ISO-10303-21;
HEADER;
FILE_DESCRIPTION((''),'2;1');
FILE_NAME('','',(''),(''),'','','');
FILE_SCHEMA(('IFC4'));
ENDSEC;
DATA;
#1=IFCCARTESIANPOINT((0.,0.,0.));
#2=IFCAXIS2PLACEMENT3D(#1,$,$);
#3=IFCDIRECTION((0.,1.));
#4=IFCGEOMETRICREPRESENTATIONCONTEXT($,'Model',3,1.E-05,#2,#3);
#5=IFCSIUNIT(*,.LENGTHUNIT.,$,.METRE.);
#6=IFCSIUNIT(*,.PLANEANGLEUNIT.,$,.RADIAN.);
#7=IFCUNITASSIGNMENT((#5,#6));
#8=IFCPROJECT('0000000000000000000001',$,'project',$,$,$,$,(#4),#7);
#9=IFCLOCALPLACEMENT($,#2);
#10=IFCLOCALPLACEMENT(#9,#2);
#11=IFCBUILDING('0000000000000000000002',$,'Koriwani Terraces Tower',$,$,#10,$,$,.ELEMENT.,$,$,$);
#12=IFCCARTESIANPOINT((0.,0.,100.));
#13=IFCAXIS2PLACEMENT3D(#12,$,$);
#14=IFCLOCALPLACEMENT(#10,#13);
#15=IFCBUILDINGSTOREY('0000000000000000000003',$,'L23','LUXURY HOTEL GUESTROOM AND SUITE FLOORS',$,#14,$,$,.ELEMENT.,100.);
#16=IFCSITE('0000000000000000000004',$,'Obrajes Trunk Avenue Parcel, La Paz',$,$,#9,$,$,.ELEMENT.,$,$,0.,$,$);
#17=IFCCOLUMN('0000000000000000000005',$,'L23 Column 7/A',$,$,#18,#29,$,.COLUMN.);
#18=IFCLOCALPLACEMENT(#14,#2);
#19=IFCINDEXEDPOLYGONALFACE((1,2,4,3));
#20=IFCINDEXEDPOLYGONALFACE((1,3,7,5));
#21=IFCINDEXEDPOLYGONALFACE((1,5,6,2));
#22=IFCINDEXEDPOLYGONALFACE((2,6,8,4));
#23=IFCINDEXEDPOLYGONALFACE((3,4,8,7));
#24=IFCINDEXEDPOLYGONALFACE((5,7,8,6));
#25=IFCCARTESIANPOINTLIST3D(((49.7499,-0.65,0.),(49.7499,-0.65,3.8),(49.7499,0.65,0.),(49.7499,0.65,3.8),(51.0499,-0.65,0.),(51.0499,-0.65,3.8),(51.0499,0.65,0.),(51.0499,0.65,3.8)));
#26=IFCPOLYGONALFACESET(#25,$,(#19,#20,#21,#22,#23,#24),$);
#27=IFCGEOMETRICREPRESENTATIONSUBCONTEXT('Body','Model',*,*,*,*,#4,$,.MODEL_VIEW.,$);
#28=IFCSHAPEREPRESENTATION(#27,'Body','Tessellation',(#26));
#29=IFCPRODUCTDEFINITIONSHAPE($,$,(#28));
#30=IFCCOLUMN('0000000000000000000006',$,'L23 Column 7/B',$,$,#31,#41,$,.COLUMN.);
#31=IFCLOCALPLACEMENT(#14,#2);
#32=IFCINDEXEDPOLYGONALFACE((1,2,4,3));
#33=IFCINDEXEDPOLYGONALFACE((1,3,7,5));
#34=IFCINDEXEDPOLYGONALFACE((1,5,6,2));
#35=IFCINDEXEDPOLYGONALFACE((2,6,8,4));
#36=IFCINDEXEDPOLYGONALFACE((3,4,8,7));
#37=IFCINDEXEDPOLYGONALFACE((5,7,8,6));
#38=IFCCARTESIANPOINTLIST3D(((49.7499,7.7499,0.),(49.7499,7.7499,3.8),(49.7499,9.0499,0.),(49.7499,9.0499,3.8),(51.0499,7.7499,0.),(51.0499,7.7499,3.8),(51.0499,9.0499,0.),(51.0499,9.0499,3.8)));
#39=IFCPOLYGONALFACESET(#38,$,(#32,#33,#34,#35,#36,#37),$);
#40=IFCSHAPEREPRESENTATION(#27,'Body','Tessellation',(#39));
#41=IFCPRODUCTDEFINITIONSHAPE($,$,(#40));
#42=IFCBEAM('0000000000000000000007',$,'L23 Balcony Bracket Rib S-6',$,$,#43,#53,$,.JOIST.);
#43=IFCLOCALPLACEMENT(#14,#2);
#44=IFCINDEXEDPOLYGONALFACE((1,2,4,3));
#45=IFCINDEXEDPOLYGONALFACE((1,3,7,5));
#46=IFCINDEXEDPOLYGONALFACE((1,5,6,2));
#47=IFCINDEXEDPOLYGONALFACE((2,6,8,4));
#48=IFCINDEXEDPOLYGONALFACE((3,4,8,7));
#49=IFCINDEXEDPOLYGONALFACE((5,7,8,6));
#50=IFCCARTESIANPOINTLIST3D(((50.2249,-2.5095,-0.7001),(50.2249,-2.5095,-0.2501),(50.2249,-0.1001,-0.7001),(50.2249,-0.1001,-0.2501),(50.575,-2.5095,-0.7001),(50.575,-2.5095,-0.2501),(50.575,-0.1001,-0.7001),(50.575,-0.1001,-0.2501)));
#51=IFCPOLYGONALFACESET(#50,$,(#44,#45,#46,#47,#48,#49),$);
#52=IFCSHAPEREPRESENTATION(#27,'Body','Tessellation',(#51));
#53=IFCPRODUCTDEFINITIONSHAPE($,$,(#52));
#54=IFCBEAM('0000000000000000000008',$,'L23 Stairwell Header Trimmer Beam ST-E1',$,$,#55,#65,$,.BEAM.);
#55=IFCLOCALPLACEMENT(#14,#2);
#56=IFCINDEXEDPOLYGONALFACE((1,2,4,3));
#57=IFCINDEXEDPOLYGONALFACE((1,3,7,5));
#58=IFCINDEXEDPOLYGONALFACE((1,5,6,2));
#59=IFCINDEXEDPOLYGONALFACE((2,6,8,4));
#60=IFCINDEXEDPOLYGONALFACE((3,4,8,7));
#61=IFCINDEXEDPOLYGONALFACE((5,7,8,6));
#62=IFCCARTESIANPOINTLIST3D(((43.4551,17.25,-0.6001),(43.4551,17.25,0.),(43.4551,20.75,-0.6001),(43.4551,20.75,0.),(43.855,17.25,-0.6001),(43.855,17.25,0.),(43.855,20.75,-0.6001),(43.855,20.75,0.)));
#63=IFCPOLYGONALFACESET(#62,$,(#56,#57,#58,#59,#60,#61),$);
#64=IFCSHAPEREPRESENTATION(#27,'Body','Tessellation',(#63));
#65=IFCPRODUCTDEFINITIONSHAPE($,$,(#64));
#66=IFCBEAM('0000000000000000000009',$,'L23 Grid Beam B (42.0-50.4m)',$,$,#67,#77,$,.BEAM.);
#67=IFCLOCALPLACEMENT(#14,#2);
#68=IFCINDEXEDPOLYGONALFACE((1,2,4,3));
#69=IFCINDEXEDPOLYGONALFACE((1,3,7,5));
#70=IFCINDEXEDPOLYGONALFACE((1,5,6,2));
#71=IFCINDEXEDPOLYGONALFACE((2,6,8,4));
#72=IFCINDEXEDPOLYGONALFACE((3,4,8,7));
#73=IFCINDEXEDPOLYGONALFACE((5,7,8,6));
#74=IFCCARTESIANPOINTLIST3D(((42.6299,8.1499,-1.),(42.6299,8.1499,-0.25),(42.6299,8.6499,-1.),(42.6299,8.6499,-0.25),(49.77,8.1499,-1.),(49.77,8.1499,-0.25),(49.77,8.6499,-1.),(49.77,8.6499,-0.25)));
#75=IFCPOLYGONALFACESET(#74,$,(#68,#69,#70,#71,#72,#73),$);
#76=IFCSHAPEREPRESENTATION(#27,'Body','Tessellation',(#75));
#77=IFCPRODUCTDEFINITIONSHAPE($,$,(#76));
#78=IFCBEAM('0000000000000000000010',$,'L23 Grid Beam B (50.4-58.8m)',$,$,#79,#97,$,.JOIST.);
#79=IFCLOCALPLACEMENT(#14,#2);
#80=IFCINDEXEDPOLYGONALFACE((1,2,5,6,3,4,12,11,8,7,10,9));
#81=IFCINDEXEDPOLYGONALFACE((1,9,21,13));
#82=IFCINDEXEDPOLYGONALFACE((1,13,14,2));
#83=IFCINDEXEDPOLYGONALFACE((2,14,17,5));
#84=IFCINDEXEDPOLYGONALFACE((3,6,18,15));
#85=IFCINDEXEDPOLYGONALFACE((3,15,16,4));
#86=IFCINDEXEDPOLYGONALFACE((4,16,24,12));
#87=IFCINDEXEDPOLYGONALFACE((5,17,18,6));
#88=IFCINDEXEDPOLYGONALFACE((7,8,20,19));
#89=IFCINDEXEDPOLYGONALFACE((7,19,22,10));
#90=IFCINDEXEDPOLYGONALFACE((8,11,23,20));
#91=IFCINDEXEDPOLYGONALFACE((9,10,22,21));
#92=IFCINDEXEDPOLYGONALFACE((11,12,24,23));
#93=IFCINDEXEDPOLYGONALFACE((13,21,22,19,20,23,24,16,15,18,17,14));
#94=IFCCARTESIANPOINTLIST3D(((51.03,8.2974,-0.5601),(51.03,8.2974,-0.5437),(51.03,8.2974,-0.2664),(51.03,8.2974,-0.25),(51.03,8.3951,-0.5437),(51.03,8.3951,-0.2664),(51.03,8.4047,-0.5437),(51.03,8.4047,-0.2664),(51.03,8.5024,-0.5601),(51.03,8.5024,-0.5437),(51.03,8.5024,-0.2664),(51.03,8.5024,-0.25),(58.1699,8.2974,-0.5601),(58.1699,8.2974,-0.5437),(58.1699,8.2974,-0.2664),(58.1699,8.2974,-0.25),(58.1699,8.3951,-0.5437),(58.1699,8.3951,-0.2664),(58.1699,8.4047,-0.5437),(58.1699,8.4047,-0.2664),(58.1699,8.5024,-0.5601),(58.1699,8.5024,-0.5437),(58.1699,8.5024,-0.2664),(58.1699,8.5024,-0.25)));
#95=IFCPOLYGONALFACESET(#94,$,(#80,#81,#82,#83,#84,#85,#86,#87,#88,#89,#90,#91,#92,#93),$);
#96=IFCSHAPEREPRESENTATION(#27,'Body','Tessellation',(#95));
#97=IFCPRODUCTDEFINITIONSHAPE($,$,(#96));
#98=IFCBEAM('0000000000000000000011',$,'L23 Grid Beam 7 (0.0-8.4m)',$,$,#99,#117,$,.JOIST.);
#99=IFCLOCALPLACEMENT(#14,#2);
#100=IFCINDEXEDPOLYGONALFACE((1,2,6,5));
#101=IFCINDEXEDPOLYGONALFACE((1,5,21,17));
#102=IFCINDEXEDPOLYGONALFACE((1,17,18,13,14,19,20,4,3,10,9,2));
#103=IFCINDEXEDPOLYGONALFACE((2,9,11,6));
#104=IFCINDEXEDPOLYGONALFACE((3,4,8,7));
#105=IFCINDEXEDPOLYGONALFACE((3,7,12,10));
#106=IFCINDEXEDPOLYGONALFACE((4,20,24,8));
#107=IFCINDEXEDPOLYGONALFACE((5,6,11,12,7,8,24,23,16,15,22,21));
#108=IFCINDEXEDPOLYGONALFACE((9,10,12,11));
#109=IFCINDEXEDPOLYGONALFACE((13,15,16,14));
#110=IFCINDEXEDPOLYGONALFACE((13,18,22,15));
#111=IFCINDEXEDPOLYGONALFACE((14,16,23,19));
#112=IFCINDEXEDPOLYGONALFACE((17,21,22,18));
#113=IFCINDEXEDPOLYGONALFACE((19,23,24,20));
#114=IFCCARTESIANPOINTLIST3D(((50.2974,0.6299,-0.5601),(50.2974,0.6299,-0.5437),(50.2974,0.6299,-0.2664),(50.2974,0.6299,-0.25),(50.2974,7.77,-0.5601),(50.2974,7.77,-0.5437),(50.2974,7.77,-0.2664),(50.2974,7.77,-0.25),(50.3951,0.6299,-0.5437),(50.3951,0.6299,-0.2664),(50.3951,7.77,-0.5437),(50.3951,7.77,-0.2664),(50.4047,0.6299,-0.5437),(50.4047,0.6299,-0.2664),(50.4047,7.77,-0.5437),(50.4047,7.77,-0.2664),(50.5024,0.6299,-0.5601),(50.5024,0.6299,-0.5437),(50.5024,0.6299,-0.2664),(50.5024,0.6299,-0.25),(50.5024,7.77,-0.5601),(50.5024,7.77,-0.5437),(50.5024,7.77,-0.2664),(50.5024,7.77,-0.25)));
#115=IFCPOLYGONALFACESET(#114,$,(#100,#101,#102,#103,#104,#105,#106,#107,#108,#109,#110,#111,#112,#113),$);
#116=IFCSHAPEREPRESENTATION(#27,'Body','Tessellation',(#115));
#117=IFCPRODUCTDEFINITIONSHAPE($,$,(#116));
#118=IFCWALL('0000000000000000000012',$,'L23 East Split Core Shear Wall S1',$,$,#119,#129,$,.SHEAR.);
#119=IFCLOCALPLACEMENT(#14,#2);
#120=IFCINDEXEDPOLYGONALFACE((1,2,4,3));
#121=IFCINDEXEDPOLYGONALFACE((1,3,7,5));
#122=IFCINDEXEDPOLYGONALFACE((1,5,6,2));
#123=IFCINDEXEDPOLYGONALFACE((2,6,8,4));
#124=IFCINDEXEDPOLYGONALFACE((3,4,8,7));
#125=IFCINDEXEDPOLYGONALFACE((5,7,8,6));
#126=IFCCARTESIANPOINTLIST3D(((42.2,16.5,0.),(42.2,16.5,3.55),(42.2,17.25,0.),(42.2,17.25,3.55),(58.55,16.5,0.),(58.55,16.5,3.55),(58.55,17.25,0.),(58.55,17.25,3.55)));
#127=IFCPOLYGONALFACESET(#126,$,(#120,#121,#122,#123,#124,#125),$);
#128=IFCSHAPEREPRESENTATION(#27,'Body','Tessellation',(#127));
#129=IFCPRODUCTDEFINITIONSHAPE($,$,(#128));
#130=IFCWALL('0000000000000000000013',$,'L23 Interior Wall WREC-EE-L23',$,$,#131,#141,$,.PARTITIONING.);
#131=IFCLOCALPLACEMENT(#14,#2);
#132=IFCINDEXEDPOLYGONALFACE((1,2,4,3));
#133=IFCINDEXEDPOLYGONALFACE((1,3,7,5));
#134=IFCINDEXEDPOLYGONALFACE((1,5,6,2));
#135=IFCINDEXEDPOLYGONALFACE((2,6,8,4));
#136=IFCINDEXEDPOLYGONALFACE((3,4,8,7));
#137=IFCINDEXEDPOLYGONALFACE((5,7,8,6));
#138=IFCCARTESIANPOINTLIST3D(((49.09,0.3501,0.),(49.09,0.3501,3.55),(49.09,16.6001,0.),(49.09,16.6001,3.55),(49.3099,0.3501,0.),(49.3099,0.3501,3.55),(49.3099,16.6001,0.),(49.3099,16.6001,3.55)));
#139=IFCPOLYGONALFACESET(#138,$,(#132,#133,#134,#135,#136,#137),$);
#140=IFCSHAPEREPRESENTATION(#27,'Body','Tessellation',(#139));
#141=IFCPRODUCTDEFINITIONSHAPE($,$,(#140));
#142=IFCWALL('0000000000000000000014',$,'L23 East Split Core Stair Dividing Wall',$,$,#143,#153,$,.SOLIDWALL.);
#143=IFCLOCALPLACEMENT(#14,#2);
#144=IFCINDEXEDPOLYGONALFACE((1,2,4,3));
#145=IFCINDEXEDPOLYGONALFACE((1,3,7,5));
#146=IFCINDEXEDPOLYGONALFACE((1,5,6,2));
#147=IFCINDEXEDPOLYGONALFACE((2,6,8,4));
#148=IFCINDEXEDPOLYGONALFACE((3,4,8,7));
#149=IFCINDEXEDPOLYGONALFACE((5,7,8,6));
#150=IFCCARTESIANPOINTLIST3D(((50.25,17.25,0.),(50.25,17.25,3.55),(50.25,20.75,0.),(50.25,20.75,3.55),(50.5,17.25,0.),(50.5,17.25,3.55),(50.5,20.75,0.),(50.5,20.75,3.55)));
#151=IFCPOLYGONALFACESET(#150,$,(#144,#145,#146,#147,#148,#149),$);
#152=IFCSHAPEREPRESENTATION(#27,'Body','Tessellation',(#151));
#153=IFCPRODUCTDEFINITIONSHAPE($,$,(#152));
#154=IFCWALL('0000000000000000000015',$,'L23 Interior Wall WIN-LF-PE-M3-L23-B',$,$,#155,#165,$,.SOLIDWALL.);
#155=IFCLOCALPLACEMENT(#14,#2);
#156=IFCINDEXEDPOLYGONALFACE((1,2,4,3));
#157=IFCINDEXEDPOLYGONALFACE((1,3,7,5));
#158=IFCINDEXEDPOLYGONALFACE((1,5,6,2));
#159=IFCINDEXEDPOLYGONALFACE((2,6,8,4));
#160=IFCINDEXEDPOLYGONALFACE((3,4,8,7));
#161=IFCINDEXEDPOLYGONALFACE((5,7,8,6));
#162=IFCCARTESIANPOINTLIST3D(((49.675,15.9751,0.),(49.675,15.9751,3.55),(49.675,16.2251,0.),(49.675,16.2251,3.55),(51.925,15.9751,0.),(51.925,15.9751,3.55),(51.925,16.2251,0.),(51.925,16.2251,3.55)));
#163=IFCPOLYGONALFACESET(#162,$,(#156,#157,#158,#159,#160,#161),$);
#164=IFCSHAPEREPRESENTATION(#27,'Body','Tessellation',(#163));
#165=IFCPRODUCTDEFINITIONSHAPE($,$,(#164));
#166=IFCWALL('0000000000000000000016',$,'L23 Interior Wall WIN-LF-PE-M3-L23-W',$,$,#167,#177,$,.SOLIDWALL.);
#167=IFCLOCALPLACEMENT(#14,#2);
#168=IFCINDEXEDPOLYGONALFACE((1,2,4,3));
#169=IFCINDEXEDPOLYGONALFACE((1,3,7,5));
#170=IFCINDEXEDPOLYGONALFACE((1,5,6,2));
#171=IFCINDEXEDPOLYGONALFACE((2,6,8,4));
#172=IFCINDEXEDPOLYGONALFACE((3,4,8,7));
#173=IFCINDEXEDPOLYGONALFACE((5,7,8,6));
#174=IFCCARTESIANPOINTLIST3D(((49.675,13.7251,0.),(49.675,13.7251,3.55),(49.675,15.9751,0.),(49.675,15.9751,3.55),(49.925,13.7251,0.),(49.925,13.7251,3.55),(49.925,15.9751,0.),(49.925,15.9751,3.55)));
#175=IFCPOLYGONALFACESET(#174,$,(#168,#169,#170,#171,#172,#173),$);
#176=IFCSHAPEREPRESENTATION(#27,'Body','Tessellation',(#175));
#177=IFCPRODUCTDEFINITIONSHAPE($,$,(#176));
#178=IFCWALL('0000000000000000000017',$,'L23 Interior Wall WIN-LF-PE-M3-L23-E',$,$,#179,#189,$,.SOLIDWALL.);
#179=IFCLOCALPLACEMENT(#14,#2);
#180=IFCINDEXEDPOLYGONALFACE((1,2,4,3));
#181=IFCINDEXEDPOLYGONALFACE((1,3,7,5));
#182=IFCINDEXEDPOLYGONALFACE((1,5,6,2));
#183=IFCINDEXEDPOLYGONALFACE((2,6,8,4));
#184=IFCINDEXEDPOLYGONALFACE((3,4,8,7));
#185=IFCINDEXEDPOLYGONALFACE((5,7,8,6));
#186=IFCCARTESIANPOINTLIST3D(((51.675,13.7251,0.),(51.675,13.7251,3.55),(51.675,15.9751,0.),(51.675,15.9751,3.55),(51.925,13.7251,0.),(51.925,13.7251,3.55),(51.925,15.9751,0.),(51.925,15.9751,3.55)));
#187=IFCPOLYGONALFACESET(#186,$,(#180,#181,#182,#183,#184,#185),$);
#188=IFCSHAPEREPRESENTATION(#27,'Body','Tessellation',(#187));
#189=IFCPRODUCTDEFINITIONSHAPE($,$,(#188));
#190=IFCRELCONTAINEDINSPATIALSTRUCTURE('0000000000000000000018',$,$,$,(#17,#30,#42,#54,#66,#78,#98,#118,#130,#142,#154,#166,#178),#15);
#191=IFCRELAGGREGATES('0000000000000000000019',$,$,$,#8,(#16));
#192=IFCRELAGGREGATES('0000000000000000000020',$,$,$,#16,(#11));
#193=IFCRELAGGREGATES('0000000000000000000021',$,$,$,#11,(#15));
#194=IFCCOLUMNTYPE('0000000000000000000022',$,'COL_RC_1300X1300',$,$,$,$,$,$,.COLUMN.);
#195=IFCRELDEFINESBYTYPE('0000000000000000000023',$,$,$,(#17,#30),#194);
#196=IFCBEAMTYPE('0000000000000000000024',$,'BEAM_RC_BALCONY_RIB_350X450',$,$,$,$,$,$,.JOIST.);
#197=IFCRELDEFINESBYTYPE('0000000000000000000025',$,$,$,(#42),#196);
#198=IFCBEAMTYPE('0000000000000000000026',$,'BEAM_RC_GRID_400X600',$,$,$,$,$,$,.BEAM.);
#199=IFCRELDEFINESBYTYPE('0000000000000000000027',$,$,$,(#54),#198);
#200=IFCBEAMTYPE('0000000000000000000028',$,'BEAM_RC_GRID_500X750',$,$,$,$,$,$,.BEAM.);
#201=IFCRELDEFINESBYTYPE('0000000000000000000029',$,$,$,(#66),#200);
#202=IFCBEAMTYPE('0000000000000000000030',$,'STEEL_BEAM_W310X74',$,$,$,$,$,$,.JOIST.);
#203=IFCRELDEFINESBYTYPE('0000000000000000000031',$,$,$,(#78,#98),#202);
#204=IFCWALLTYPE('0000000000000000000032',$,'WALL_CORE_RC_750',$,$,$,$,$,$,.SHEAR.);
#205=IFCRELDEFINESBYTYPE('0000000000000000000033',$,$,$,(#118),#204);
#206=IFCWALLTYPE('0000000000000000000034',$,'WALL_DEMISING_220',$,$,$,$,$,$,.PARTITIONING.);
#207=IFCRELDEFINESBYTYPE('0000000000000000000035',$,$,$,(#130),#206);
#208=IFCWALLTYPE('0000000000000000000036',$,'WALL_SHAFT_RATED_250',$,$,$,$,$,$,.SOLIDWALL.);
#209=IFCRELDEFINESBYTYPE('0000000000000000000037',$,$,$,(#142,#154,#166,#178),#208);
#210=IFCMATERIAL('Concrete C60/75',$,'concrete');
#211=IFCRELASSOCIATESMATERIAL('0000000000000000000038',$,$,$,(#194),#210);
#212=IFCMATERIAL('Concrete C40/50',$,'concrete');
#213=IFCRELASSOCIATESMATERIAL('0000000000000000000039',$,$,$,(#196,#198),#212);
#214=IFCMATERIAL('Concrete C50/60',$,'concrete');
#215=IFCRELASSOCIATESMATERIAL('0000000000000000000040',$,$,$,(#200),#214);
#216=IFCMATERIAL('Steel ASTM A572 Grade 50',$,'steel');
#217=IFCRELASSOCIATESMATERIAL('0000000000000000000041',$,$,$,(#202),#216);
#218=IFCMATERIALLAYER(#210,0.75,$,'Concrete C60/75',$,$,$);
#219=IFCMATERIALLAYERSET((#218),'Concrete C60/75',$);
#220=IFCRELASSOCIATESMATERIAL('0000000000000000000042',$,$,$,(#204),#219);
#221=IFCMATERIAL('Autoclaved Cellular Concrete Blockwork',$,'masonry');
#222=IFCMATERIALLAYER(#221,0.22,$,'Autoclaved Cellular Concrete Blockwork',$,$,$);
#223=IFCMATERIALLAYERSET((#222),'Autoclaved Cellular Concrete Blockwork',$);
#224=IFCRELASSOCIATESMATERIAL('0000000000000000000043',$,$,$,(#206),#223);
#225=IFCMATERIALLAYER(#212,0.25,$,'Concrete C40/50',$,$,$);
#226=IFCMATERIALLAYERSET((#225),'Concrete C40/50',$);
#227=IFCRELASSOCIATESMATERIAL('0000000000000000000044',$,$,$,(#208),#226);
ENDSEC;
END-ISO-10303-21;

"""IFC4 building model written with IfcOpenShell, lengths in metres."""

from ifc_helpers import new_model, si_unit, direction, frame, frame_2d, origin, origin_2d, place, context, subcontext, project, spatial, rectangle, i_section, extrude, material, layer, layer_set, material_profile, profile_set, type_object, element, save


model = new_model("IFC4")

# Units and contexts
model_context = context("Model", 3, precision=1e-05, world=origin(), true_north=direction((0.0, 1.0)))
body_context = subcontext(model_context, "Body", "Model", "MODEL_VIEW")
ifc_project = project(units=[si_unit("LENGTHUNIT", "METRE"), si_unit("PLANEANGLEUNIT", "RADIAN")], contexts=[model_context])

# Site, building, storey
site_placement = place(None, origin())
site = spatial("IfcSite", under=ifc_project, at=site_placement, Name="Obrajes Trunk Avenue Parcel, La Paz", CompositionType="ELEMENT", RefElevation=0.0)
building_placement = place(site_placement, origin())
building = spatial("IfcBuilding", under=site, at=building_placement, Name="Koriwani Terraces Tower", CompositionType="ELEMENT")
storey_placement = place(building_placement, frame((0.0, 0.0, 100.0)))
storey = spatial("IfcBuildingStorey", under=building, at=storey_placement, Name="L23", Description="LUXURY HOTEL GUESTROOM AND SUITE FLOORS", CompositionType="ELEMENT", Elevation=100.0)

# Columns
ifc_material_1 = material(Name="Concrete C60/75", Category="concrete")
ifc_material_profile_1 = material_profile(ifc_material_1, rectangle(XDim=1.3, YDim=1.3, at=origin_2d()), Name="Concrete C60/75", Category="LoadBearing")
ifc_profile_set_1 = profile_set([ifc_material_profile_1], Name="Concrete C60/75")
column_type = type_object("IfcColumnType", Name="COL_RC_1300X1300", PredefinedType="COLUMN", material=ifc_profile_set_1)
for number, where, z_axis, x_axis, name in (
    (1, (50.3999, 0.0, 0.0), (0.0, 0.0, 1.0), (1.0, 0.0, 0.0), "L23 Column 7/A"),
    (2, (50.3999, 8.3999, 0.0), (0.0, 0.0, 1.0), (1.0, 0.0, 0.0), "L23 Column 7/B"),
):
    element("IfcColumn", number, at=place(storey_placement, frame(where, z_axis=z_axis, x_axis=x_axis)), inside=storey, type_object=column_type, Name=name, PredefinedType="COLUMN", context=body_context, shape_type="SweptSolid", body=[
        extrude(rectangle(XDim=1.3, YDim=1.3, at=origin_2d()), origin(), (0.0, 0.0, 1.0), 3.8),
    ])

# Beams
ifc_material_2 = material(Name="Concrete C40/50", Category="concrete")
ifc_material_profile_2 = material_profile(ifc_material_2, rectangle(XDim=0.3501, YDim=0.45, at=origin_2d()), Name="Concrete C40/50", Category="LoadBearing")
ifc_profile_set_2 = profile_set([ifc_material_profile_2], Name="Concrete C40/50")
beam_type_1 = type_object("IfcBeamType", Name="BEAM_RC_BALCONY_RIB_350X450", PredefinedType="JOIST", material=ifc_profile_set_2)
beam_1_placement = place(storey_placement, frame((50.3999, -2.5095, -0.4751), z_axis=(0.0, 1.0, 0.0), x_axis=(-1.0, 0.0, 0.0)))
element("IfcBeam", 3, at=beam_1_placement, inside=storey, type_object=beam_type_1, Name="L23 Balcony Bracket Rib S-6", PredefinedType="JOIST", context=body_context, shape_type="SweptSolid", body=[
    extrude(rectangle(XDim=0.3501, YDim=0.45, at=origin_2d()), origin(), (0.0, 0.0, 1.0), 2.4094),
])
ifc_material_profile_3 = material_profile(ifc_material_2, rectangle(XDim=0.3999, YDim=0.6001, at=origin_2d()), Name="Concrete C40/50", Category="LoadBearing")
ifc_profile_set_3 = profile_set([ifc_material_profile_3], Name="Concrete C40/50")
beam_type_2 = type_object("IfcBeamType", Name="BEAM_RC_GRID_400X600", PredefinedType="BEAM", material=ifc_profile_set_3)
beam_2_placement = place(storey_placement, frame((43.655, 17.25, -0.3), z_axis=(0.0, 1.0, 0.0), x_axis=(-1.0, 0.0, 0.0)))
element("IfcBeam", 4, at=beam_2_placement, inside=storey, type_object=beam_type_2, Name="L23 Stairwell Header Trimmer Beam ST-E1", PredefinedType="BEAM", context=body_context, shape_type="SweptSolid", body=[
    extrude(rectangle(XDim=0.3999, YDim=0.6001, at=origin_2d()), origin(), (0.0, 0.0, 1.0), 3.5),
])
ifc_material_3 = material(Name="Concrete C50/60", Category="concrete")
ifc_material_profile_4 = material_profile(ifc_material_3, rectangle(XDim=0.5, YDim=0.75, at=origin_2d()), Name="Concrete C50/60", Category="LoadBearing")
ifc_profile_set_4 = profile_set([ifc_material_profile_4], Name="Concrete C50/60")
beam_type_3 = type_object("IfcBeamType", Name="BEAM_RC_GRID_500X750", PredefinedType="BEAM", material=ifc_profile_set_4)
beam_3_placement = place(storey_placement, frame((42.6299, 8.3999, -0.625), z_axis=(1.0, 0.0, 0.0), x_axis=(0.0, 1.0, 0.0)))
element("IfcBeam", 5, at=beam_3_placement, inside=storey, type_object=beam_type_3, Name="L23 Grid Beam B (42.0-50.4m)", PredefinedType="BEAM", context=body_context, shape_type="SweptSolid", body=[
    extrude(rectangle(XDim=0.5, YDim=0.75, at=origin_2d()), origin(), (0.0, 0.0, 1.0), 7.1401),
])
ifc_material_4 = material(Name="Steel ASTM A572 Grade 50", Category="steel")
ifc_material_profile_5 = material_profile(ifc_material_4, i_section(OverallWidth=0.2051, OverallDepth=0.3101, WebThickness=0.0095, FlangeThickness=0.0164, at=origin_2d()), Name="Steel ASTM A572 Grade 50", Category="LoadBearing")
ifc_profile_set_5 = profile_set([ifc_material_profile_5], Name="Steel ASTM A572 Grade 50")
beam_type_4 = type_object("IfcBeamType", Name="STEEL_BEAM_W310X74", PredefinedType="JOIST", material=ifc_profile_set_5)
beam_4_placement = place(storey_placement, frame((51.03, 8.3999, -0.405), z_axis=(1.0, 0.0, 0.0), x_axis=(0.0, 1.0, 0.0)))
element("IfcBeam", 6, at=beam_4_placement, inside=storey, type_object=beam_type_4, Name="L23 Grid Beam B (50.4-58.8m)", PredefinedType="JOIST", context=body_context, shape_type="SweptSolid", body=[
    extrude(i_section(OverallWidth=0.2051, OverallDepth=0.3101, WebThickness=0.0095, FlangeThickness=0.0164, at=origin_2d()), origin(), (0.0, 0.0, 1.0), 7.1399),
])
beam_5_placement = place(storey_placement, frame((50.3999, 0.6299, -0.405), z_axis=(0.0, 1.0, 0.0), x_axis=(-1.0, 0.0, 0.0)))
element("IfcBeam", 7, at=beam_5_placement, inside=storey, type_object=beam_type_4, Name="L23 Grid Beam 7 (0.0-8.4m)", PredefinedType="JOIST", context=body_context, shape_type="SweptSolid", body=[
    extrude(i_section(OverallWidth=0.2051, OverallDepth=0.3101, WebThickness=0.0095, FlangeThickness=0.0164, at=origin_2d()), origin(), (0.0, 0.0, 1.0), 7.1401),
])

# Walls
ifc_layer_1 = layer(ifc_material_1, 0.75, Name="Concrete C60/75")
ifc_layer_set_1 = layer_set([ifc_layer_1], Name="Concrete C60/75")
wall_type_1 = type_object("IfcWallType", Name="WALL_CORE_RC_750", PredefinedType="SHEAR", material=ifc_layer_set_1)
wall_1_placement = place(storey_placement, frame((42.2, 16.875, 0.0), z_axis=(0.0, 0.0, 1.0), x_axis=(1.0, 0.0, 0.0)))
element("IfcWall", 8, at=wall_1_placement, inside=storey, type_object=wall_type_1, Name="L23 East Split Core Shear Wall S1", PredefinedType="SHEAR", context=body_context, shape_type="SweptSolid", body=[
    extrude(rectangle(XDim=16.3501, YDim=0.75, at=frame_2d((8.175, 0.0))), origin(), (0.0, 0.0, 1.0), 3.55),
])
ifc_material_5 = material(Name="Autoclaved Cellular Concrete Blockwork", Category="masonry")
ifc_layer_2 = layer(ifc_material_5, 0.22, Name="Autoclaved Cellular Concrete Blockwork")
ifc_layer_set_2 = layer_set([ifc_layer_2], Name="Autoclaved Cellular Concrete Blockwork")
wall_type_2 = type_object("IfcWallType", Name="WALL_DEMISING_220", PredefinedType="PARTITIONING", material=ifc_layer_set_2)
wall_2_placement = place(storey_placement, frame((49.2, 0.3501, 0.0), z_axis=(0.0, 0.0, 1.0), x_axis=(0.0, 1.0, 0.0)))
element("IfcWall", 9, at=wall_2_placement, inside=storey, type_object=wall_type_2, Name="L23 Interior Wall WREC-EE-L23", PredefinedType="PARTITIONING", context=body_context, shape_type="SweptSolid", body=[
    extrude(rectangle(XDim=16.25, YDim=0.22, at=frame_2d((8.125, 0.0))), origin(), (0.0, 0.0, 1.0), 3.55),
])
ifc_layer_3 = layer(ifc_material_2, 0.25, Name="Concrete C40/50")
ifc_layer_set_3 = layer_set([ifc_layer_3], Name="Concrete C40/50")
wall_type_3 = type_object("IfcWallType", Name="WALL_SHAFT_RATED_250", PredefinedType="SOLIDWALL", material=ifc_layer_set_3)
wall_3_placement = place(storey_placement, frame((50.375, 17.25, 0.0), z_axis=(0.0, 0.0, 1.0), x_axis=(0.0, 1.0, 0.0)))
element("IfcWall", 10, at=wall_3_placement, inside=storey, type_object=wall_type_3, Name="L23 East Split Core Stair Dividing Wall", PredefinedType="SOLIDWALL", context=body_context, shape_type="SweptSolid", body=[
    extrude(rectangle(XDim=3.5, YDim=0.25, at=frame_2d((1.75, 0.0))), origin(), (0.0, 0.0, 1.0), 3.55),
])

# Walls
for number, where, z_axis, x_axis, name in (
    (11, (49.675, 16.1001, 0.0), (0.0, 0.0, 1.0), (1.0, 0.0, 0.0), "L23 Interior Wall WIN-LF-PE-M3-L23-B"),
    (12, (49.8, 13.7251, 0.0), (0.0, 0.0, 1.0), (0.0, 1.0, 0.0), "L23 Interior Wall WIN-LF-PE-M3-L23-W"),
    (13, (51.8, 13.7251, 0.0), (0.0, 0.0, 1.0), (0.0, 1.0, 0.0), "L23 Interior Wall WIN-LF-PE-M3-L23-E"),
):
    element("IfcWall", number, at=place(storey_placement, frame(where, z_axis=z_axis, x_axis=x_axis)), inside=storey, type_object=wall_type_3, Name=name, PredefinedType="SOLIDWALL", context=body_context, shape_type="SweptSolid", body=[
        extrude(rectangle(XDim=2.25, YDim=0.25, at=frame_2d((1.125, 0.0))), origin(), (0.0, 0.0, 1.0), 3.55),
    ])

save(model, "model.ifc")
